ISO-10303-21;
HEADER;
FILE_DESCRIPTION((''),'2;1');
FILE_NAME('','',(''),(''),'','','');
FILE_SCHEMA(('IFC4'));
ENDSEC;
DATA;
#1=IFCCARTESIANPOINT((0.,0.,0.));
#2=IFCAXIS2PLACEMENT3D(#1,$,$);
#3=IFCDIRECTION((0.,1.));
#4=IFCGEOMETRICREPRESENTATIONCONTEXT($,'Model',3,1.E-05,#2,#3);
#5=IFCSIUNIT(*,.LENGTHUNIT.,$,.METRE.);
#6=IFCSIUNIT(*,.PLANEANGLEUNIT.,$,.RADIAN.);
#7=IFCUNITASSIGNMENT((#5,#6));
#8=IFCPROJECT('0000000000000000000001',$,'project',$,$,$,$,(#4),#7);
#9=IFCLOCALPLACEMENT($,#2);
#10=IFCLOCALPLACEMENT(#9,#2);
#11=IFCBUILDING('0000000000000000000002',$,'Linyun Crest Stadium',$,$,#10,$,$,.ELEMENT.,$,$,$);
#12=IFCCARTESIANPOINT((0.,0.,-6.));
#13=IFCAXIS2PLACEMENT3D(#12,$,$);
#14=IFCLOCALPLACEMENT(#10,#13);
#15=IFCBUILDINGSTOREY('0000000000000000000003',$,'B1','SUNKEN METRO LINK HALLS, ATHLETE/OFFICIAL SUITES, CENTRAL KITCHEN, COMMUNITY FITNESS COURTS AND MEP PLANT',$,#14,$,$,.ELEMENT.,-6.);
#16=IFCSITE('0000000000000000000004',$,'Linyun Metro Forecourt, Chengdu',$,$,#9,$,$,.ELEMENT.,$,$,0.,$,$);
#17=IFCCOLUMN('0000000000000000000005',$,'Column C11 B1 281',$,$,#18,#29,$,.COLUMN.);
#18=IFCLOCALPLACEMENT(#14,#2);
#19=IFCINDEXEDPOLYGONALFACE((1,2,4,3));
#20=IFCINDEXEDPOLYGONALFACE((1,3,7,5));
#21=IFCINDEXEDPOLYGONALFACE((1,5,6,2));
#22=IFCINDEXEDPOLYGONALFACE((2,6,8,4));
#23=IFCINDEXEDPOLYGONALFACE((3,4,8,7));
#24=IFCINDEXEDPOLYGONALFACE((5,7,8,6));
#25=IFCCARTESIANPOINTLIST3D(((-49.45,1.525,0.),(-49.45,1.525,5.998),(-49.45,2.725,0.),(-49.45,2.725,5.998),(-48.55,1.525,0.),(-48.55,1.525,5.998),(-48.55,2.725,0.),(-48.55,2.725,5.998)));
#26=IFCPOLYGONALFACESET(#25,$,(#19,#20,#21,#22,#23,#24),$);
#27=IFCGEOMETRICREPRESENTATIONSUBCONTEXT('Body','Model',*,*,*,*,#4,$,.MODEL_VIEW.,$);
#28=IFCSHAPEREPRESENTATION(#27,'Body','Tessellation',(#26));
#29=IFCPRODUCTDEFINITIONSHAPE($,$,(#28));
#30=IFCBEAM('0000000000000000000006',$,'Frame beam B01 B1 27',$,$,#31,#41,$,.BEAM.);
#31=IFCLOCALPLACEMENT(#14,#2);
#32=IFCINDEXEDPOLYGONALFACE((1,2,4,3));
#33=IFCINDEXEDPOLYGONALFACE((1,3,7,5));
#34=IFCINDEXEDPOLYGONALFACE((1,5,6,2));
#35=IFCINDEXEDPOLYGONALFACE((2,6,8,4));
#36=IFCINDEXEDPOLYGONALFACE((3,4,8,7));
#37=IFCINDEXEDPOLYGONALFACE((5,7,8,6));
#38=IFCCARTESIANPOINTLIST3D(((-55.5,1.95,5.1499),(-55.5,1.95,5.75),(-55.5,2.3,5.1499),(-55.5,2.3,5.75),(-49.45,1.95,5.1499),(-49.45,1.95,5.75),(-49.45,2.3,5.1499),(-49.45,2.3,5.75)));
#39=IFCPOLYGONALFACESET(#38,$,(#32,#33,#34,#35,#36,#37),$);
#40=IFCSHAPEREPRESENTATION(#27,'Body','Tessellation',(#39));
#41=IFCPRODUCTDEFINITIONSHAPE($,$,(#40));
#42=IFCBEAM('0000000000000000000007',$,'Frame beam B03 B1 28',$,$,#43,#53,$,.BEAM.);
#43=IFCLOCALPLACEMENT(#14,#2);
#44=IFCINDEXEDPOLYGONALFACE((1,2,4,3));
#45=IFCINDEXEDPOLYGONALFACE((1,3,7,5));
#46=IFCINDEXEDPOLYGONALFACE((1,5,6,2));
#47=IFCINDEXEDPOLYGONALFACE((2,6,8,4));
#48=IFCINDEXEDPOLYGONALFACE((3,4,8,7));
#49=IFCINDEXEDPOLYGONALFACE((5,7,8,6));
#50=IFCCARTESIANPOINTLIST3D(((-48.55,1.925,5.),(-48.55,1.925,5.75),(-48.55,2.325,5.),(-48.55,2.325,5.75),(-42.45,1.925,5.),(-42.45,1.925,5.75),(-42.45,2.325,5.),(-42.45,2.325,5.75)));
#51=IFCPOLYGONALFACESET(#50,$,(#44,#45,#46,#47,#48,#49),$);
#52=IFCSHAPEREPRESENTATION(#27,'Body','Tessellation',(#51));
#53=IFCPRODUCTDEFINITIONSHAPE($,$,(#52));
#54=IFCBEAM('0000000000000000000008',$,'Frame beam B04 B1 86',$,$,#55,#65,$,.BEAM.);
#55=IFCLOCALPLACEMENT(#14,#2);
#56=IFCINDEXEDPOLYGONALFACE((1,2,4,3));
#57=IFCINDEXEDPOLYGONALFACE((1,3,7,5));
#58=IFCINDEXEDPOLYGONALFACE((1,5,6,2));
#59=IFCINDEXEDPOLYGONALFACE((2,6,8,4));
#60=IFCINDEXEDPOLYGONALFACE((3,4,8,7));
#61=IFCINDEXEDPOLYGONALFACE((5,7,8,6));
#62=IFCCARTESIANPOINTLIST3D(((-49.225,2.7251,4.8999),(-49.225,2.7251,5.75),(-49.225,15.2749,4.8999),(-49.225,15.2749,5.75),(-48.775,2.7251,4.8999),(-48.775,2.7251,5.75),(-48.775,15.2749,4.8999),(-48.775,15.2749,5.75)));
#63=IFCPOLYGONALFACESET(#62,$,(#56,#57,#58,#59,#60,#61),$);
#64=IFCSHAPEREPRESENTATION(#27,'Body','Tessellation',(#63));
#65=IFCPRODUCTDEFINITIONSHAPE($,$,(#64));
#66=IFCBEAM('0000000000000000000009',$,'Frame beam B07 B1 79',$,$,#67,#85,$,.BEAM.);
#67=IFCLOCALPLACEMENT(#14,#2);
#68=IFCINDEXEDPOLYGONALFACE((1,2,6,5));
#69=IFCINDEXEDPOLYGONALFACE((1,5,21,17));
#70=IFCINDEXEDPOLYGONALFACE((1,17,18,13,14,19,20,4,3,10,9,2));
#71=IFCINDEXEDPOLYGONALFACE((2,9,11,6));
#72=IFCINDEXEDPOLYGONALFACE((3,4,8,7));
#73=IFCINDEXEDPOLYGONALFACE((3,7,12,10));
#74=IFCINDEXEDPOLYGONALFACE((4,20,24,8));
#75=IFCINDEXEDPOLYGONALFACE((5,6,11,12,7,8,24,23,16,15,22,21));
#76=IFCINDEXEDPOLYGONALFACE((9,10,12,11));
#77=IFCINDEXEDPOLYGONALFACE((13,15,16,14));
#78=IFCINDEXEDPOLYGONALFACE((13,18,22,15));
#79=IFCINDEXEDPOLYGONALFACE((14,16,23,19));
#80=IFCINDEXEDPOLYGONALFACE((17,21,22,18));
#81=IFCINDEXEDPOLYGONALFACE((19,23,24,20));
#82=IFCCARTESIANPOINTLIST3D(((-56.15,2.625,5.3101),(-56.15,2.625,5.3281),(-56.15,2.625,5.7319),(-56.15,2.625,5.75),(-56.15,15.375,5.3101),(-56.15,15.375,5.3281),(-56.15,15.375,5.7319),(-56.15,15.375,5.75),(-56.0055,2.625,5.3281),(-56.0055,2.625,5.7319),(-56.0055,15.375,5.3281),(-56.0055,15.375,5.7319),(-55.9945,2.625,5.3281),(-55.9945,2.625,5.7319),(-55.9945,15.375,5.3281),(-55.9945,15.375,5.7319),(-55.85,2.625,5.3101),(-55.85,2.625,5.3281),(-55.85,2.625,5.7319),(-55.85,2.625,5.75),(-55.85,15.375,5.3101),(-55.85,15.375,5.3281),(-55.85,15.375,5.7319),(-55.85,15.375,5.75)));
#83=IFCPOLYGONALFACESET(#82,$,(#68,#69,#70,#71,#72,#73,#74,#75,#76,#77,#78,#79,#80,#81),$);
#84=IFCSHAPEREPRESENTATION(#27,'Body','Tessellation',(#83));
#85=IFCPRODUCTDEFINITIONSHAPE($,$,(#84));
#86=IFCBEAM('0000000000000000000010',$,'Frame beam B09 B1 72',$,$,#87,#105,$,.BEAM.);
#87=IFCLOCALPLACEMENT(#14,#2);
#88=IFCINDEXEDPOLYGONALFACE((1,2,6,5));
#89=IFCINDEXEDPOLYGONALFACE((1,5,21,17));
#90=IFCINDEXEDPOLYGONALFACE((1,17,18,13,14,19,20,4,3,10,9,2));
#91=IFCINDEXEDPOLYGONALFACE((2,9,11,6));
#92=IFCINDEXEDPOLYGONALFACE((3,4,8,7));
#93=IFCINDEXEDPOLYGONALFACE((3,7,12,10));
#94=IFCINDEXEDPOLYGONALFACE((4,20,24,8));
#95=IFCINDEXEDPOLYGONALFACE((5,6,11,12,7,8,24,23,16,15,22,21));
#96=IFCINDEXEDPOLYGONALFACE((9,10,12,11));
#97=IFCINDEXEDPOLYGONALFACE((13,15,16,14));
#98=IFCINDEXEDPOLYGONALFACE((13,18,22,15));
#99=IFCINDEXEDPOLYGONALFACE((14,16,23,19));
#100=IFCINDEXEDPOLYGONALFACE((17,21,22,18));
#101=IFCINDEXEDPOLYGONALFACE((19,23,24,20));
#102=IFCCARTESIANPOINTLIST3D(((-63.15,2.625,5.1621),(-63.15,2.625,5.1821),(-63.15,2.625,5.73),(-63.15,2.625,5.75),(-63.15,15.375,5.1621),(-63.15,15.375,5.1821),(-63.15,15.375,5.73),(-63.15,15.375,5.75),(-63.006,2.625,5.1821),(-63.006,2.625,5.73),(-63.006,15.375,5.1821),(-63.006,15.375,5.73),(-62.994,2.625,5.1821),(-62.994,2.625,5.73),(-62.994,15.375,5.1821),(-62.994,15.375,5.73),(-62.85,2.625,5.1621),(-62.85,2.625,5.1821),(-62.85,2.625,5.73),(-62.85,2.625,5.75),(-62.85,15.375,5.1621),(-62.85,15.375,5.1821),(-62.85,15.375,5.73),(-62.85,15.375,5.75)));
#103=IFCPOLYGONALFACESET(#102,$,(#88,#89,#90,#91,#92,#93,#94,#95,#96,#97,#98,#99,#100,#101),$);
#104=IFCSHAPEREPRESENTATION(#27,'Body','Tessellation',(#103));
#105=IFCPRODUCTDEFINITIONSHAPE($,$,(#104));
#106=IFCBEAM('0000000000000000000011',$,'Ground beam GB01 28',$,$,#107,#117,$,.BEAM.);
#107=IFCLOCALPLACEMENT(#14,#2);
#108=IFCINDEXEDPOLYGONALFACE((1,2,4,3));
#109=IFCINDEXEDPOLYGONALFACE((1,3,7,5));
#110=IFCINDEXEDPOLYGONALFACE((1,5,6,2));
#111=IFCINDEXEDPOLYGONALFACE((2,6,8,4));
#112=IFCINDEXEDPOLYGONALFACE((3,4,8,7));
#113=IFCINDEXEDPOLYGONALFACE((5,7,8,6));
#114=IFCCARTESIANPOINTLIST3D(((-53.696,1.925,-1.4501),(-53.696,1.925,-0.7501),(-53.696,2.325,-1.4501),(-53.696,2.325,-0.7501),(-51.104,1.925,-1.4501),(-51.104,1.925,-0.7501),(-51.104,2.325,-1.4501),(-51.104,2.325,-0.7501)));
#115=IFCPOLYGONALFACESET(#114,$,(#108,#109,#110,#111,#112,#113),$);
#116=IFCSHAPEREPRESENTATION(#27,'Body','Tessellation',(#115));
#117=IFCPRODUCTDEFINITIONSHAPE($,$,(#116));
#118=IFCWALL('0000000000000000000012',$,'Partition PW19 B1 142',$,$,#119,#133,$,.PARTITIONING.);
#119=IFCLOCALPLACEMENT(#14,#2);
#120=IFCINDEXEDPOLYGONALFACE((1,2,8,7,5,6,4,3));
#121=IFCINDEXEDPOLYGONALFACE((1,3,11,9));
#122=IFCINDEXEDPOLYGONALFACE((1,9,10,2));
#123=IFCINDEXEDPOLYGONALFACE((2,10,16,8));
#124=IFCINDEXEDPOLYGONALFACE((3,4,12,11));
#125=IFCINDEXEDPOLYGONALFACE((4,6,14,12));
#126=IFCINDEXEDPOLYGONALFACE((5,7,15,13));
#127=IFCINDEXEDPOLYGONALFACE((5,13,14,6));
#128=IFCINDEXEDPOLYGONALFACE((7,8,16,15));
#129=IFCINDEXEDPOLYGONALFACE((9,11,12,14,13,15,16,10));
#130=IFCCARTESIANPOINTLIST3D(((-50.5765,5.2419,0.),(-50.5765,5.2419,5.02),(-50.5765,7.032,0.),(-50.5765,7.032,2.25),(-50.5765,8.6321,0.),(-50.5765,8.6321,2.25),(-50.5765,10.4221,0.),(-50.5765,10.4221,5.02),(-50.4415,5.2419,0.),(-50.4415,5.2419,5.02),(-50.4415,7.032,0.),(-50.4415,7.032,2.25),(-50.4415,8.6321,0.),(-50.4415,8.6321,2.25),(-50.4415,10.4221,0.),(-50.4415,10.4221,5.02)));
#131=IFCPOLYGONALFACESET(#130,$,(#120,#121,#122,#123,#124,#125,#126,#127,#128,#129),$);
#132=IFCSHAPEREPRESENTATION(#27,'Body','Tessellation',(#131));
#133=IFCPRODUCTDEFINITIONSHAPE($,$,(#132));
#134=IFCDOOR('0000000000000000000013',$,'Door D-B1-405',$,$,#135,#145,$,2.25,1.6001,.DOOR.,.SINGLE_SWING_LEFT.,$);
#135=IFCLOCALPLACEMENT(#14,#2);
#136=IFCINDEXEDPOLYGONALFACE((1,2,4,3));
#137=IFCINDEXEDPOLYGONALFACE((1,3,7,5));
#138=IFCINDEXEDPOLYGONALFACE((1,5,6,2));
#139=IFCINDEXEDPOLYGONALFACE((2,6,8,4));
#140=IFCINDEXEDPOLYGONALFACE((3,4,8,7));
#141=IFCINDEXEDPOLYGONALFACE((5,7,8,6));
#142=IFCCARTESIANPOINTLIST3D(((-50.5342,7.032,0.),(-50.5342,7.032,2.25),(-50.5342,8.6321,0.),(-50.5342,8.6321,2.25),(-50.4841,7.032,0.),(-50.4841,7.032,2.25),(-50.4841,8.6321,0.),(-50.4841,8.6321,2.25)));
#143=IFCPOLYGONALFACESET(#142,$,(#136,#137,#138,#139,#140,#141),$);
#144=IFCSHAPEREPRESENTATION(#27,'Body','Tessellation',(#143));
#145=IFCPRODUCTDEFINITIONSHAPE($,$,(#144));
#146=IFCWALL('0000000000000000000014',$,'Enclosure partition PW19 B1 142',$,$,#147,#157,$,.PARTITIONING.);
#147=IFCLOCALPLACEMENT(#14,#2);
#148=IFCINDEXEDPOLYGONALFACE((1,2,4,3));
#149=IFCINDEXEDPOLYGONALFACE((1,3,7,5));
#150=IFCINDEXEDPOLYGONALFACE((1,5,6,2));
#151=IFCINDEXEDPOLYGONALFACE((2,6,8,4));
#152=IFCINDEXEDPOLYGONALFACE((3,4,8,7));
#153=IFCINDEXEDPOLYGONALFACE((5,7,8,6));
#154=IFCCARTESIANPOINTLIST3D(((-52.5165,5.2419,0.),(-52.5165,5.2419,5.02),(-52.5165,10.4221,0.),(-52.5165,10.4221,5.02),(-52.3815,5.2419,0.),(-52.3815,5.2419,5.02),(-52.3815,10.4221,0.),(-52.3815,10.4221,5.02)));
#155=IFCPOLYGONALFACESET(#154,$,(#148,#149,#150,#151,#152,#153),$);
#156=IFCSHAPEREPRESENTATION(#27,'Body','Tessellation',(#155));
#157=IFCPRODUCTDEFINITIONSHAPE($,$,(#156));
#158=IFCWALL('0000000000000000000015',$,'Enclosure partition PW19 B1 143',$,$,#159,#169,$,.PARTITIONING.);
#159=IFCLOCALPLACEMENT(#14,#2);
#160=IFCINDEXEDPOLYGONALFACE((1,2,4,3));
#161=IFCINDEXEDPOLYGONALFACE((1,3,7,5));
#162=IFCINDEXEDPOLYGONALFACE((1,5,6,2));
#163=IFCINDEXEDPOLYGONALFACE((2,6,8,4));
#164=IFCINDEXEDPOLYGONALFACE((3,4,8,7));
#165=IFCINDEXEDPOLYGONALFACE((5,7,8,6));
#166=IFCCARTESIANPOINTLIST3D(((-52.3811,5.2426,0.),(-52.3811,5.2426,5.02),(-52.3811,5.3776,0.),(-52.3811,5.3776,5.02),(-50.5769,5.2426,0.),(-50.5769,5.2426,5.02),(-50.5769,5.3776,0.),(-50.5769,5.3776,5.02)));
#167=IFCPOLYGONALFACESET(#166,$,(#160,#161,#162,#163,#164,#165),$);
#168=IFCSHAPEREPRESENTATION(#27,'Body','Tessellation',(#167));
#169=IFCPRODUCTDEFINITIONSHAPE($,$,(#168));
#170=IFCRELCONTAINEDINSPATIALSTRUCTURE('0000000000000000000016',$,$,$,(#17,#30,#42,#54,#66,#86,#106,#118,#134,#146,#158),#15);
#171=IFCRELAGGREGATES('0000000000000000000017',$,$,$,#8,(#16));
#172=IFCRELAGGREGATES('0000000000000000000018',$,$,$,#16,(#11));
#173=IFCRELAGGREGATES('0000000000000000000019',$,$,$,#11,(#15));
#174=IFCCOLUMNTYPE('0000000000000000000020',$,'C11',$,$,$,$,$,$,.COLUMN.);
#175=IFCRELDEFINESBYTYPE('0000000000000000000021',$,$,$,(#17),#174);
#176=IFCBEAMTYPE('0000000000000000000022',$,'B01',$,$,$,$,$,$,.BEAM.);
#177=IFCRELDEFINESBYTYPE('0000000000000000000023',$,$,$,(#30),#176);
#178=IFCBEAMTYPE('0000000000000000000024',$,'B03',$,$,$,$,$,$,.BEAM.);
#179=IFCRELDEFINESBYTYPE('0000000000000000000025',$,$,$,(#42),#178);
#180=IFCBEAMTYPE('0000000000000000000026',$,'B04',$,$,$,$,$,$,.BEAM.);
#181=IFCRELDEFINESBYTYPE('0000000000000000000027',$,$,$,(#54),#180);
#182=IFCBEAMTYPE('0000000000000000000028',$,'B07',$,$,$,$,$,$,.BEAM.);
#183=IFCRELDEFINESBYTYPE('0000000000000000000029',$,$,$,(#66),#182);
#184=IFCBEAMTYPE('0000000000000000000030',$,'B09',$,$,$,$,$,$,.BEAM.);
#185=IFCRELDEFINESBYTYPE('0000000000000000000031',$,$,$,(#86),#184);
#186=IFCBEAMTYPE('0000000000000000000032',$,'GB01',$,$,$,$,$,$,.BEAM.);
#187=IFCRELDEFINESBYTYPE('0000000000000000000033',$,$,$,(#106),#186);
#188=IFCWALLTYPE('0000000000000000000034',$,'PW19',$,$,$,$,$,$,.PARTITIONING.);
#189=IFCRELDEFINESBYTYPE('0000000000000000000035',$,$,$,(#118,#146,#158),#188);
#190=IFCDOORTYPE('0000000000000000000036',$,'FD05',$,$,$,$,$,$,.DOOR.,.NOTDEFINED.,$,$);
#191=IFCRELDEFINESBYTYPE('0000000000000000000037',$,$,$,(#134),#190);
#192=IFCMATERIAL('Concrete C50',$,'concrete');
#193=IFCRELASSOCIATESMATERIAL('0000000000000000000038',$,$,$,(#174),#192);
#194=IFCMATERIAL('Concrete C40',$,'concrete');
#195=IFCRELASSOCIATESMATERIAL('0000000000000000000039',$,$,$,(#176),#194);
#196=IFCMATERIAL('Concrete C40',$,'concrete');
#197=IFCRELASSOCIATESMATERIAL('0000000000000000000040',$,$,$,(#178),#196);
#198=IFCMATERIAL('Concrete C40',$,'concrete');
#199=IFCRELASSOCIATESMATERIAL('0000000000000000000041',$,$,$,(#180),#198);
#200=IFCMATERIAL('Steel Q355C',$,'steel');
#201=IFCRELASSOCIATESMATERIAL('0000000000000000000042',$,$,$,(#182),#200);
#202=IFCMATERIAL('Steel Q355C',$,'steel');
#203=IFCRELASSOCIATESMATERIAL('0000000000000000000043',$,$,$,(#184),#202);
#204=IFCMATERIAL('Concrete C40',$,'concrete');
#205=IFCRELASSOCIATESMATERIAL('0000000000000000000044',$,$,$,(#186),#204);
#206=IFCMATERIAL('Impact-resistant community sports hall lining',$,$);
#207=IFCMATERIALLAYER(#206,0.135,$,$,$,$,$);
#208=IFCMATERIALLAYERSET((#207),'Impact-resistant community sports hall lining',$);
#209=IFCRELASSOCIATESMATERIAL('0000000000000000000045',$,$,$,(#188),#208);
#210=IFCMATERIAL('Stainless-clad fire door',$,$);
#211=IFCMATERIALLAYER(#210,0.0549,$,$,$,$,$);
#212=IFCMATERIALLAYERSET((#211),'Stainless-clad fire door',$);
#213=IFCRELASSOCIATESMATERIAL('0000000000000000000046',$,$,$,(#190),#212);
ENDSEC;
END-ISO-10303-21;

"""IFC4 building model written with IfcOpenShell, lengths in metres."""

from ifc_helpers import new_model, si_unit, direction, frame, frame_2d, origin, origin_2d, place, context, subcontext, project, spatial, rectangle, i_section, extrude, material, layer, layer_set, material_profile, profile_set, type_object, element, fill, save


model = new_model("IFC4")

# Units and contexts
model_context = context("Model", 3, precision=1e-05, world=origin(), true_north=direction((0.0, 1.0)))
body_context = subcontext(model_context, "Body", "Model", "MODEL_VIEW")
ifc_project = project(units=[si_unit("LENGTHUNIT", "METRE"), si_unit("PLANEANGLEUNIT", "RADIAN")], contexts=[model_context])

# Site, building, storey
site_placement = place(None, origin())
site = spatial("IfcSite", under=ifc_project, at=site_placement, Name="Linyun Metro Forecourt, Chengdu", CompositionType="ELEMENT", RefElevation=0.0)
building_placement = place(site_placement, origin())
building = spatial("IfcBuilding", under=site, at=building_placement, Name="Linyun Crest Stadium", CompositionType="ELEMENT")
storey_placement = place(building_placement, frame((0.0, 0.0, -6.0)))
storey = spatial("IfcBuildingStorey", under=building, at=storey_placement, Name="B1", Description="SUNKEN METRO LINK HALLS, ATHLETE/OFFICIAL SUITES, CENTRAL KITCHEN, COMMUNITY FITNESS COURTS AND MEP PLANT", CompositionType="ELEMENT", Elevation=-6.0)

# Column
ifc_material_1 = material(Name="Concrete C50", Category="concrete")
ifc_material_profile_1 = material_profile(ifc_material_1, rectangle(XDim=0.8999, YDim=1.2, at=origin_2d()), Name="RC 1200x900")
ifc_profile_set_1 = profile_set([ifc_material_profile_1], Name="Concrete C50")
column_type_1 = type_object("IfcColumnType", Name="C11", PredefinedType="COLUMN", material=ifc_profile_set_1)
column_1_placement = place(storey_placement, frame((-49.0, 2.125, 0.0), z_axis=(0.0, 0.0, 1.0), x_axis=(1.0, 0.0, 0.0)))
element("IfcColumn", 1, at=column_1_placement, inside=storey, type_object=column_type_1, Name="Column C11 B1 281", PredefinedType="COLUMN", context=body_context, shape_type="SweptSolid", body=[
    extrude(rectangle(XDim=0.8999, YDim=1.2, at=origin_2d()), origin(), (0.0, 0.0, 1.0), 5.998),
])

# Beams
ifc_material_2 = material(Name="Concrete C40", Category="concrete")
ifc_material_profile_2 = material_profile(ifc_material_2, rectangle(XDim=0.3501, YDim=0.6001, at=origin_2d()), Name="RCB 600x350")
ifc_profile_set_2 = profile_set([ifc_material_profile_2], Name="Concrete C40")
beam_type_1 = type_object("IfcBeamType", Name="B01", PredefinedType="BEAM", material=ifc_profile_set_2)
beam_1_placement = place(storey_placement, frame((-55.5, 2.125, 5.45), z_axis=(1.0, 0.0, 0.0), x_axis=(0.0, 1.0, 0.0)))
element("IfcBeam", 2, at=beam_1_placement, inside=storey, type_object=beam_type_1, Name="Frame beam B01 B1 27", PredefinedType="BEAM", context=body_context, shape_type="SweptSolid", body=[
    extrude(rectangle(XDim=0.3501, YDim=0.6001, at=origin_2d()), origin(), (0.0, 0.0, 1.0), 6.05),
])
ifc_material_3 = material(Name="Concrete C40", Category="concrete")
ifc_material_profile_3 = material_profile(ifc_material_3, rectangle(XDim=0.3999, YDim=0.75, at=origin_2d()), Name="RCB 750x400")
ifc_profile_set_3 = profile_set([ifc_material_profile_3], Name="Concrete C40")
beam_type_2 = type_object("IfcBeamType", Name="B03", PredefinedType="BEAM", material=ifc_profile_set_3)
beam_2_placement = place(storey_placement, frame((-48.55, 2.125, 5.375), z_axis=(1.0, 0.0, 0.0), x_axis=(0.0, 1.0, 0.0)))
element("IfcBeam", 3, at=beam_2_placement, inside=storey, type_object=beam_type_2, Name="Frame beam B03 B1 28", PredefinedType="BEAM", context=body_context, shape_type="SweptSolid", body=[
    extrude(rectangle(XDim=0.3999, YDim=0.75, at=origin_2d()), origin(), (0.0, 0.0, 1.0), 6.1001),
])
ifc_material_4 = material(Name="Concrete C40", Category="concrete")
ifc_material_profile_4 = material_profile(ifc_material_4, rectangle(XDim=0.45, YDim=0.8501, at=origin_2d()), Name="RCB 850x450")
ifc_profile_set_4 = profile_set([ifc_material_profile_4], Name="Concrete C40")
beam_type_3 = type_object("IfcBeamType", Name="B04", PredefinedType="BEAM", material=ifc_profile_set_4)
beam_3_placement = place(storey_placement, frame((-49.0, 2.7251, 5.325), z_axis=(0.0, 1.0, 0.0), x_axis=(-1.0, 0.0, 0.0)))
element("IfcBeam", 4, at=beam_3_placement, inside=storey, type_object=beam_type_3, Name="Frame beam B04 B1 86", PredefinedType="BEAM", context=body_context, shape_type="SweptSolid", body=[
    extrude(rectangle(XDim=0.45, YDim=0.8501, at=origin_2d()), origin(), (0.0, 0.0, 1.0), 12.5498),
])
ifc_material_5 = material(Name="Steel Q355C", Category="steel")
ifc_material_profile_5 = material_profile(ifc_material_5, i_section(OverallWidth=0.3, OverallDepth=0.4399, WebThickness=0.011, FlangeThickness=0.0181, at=origin_2d()), Name="HM 440x300")
ifc_profile_set_5 = profile_set([ifc_material_profile_5], Name="Steel Q355C")
beam_type_4 = type_object("IfcBeamType", Name="B07", PredefinedType="BEAM", material=ifc_profile_set_5)
beam_4_placement = place(storey_placement, frame((-56.0, 2.625, 5.53), z_axis=(0.0, 1.0, 0.0), x_axis=(-1.0, 0.0, 0.0)))
element("IfcBeam", 5, at=beam_4_placement, inside=storey, type_object=beam_type_4, Name="Frame beam B07 B1 79", PredefinedType="BEAM", context=body_context, shape_type="SweptSolid", body=[
    extrude(i_section(OverallWidth=0.3, OverallDepth=0.4399, WebThickness=0.011, FlangeThickness=0.0181, at=origin_2d()), origin(), (0.0, 0.0, 1.0), 12.75),
])
ifc_material_6 = material(Name="Steel Q355C", Category="steel")
ifc_material_profile_6 = material_profile(ifc_material_6, i_section(OverallWidth=0.3, OverallDepth=0.5879, WebThickness=0.012, FlangeThickness=0.02, at=origin_2d()), Name="HM 588x300")
ifc_profile_set_6 = profile_set([ifc_material_profile_6], Name="Steel Q355C")
beam_type_5 = type_object("IfcBeamType", Name="B09", PredefinedType="BEAM", material=ifc_profile_set_6)
beam_5_placement = place(storey_placement, frame((-63.0, 2.625, 5.4561), z_axis=(0.0, 1.0, 0.0), x_axis=(-1.0, 0.0, 0.0)))
element("IfcBeam", 6, at=beam_5_placement, inside=storey, type_object=beam_type_5, Name="Frame beam B09 B1 72", PredefinedType="BEAM", context=body_context, shape_type="SweptSolid", body=[
    extrude(i_section(OverallWidth=0.3, OverallDepth=0.5879, WebThickness=0.012, FlangeThickness=0.02, at=origin_2d()), origin(), (0.0, 0.0, 1.0), 12.75),
])
ifc_material_7 = material(Name="Concrete C40", Category="concrete")
ifc_material_profile_7 = material_profile(ifc_material_7, rectangle(XDim=0.3999, YDim=0.7, at=origin_2d()), Name="RCB 700x400")
ifc_profile_set_7 = profile_set([ifc_material_profile_7], Name="Concrete C40")
beam_type_6 = type_object("IfcBeamType", Name="GB01", PredefinedType="BEAM", material=ifc_profile_set_7)
beam_6_placement = place(storey_placement, frame((-53.696, 2.125, -1.1001), z_axis=(1.0, 0.0, 0.0), x_axis=(0.0, 1.0, 0.0)))
element("IfcBeam", 7, at=beam_6_placement, inside=storey, type_object=beam_type_6, Name="Ground beam GB01 28", PredefinedType="BEAM", context=body_context, shape_type="SweptSolid", body=[
    extrude(rectangle(XDim=0.3999, YDim=0.7, at=origin_2d()), origin(), (0.0, 0.0, 1.0), 2.592),
])

# Wall, opening, door
ifc_material_8 = material(Name="Impact-resistant community sports hall lining")
ifc_layer_1 = layer(ifc_material_8, 0.135)
ifc_layer_set_1 = layer_set([ifc_layer_1], Name="Impact-resistant community sports hall lining")
wall_type = type_object("IfcWallType", Name="PW19", PredefinedType="PARTITIONING", material=ifc_layer_set_1)
wall_1_placement = place(storey_placement, frame((-50.509, 10.4221, 0.0), z_axis=(0.0, 0.0, 1.0), x_axis=(0.0, -1.0, 0.0)))
wall_1 = element("IfcWall", 8, at=wall_1_placement, inside=storey, type_object=wall_type, Name="Partition PW19 B1 142", PredefinedType="PARTITIONING", context=body_context, shape_type="SweptSolid", body=[
    extrude(rectangle(XDim=5.1802, YDim=0.135, at=frame_2d((2.5901, 0.0))), origin(), (0.0, 0.0, 1.0), 5.02),
])
opening_placement = place(wall_1_placement, frame((1.79, 0.0, 0.0)))
opening = element("IfcOpeningElement", 9, at=opening_placement, cuts=wall_1, PredefinedType="OPENING", context=body_context, shape_type="SweptSolid", body=[
    extrude(rectangle(XDim=1.6001, YDim=2.25, at=frame_2d((0.8, 1.125))), frame((0.0, 0.0774, 0.0), z_axis=(0.0, -1.0, 0.0), x_axis=(1.0, 0.0, 0.0)), (0.0, 0.0, 1.0), 0.155),
])
ifc_material_9 = material(Name="Stainless-clad fire door")
ifc_layer_2 = layer(ifc_material_9, 0.0549)
ifc_layer_set_2 = layer_set([ifc_layer_2], Name="Stainless-clad fire door")
door_type = type_object("IfcDoorType", Name="FD05", OperationType="NOTDEFINED", PredefinedType="DOOR", material=ifc_layer_set_2)
door_placement = place(opening_placement, origin())
door = element("IfcDoor", 10, at=door_placement, inside=storey, type_object=door_type, Name="Door D-B1-405", OperationType="SINGLE_SWING_LEFT", OverallHeight=2.25, OverallWidth=1.6001, PredefinedType="DOOR", context=body_context, shape_type="SweptSolid", body=[
    extrude(rectangle(XDim=1.6001, YDim=2.25, at=frame_2d((0.8, 1.125))), frame((0.0, 0.0249, 0.0), z_axis=(0.0, -1.0, 0.0), x_axis=(1.0, 0.0, 0.0)), (0.0, 0.0, 1.0), 0.05),
])
fill(opening, door)

# Walls
wall_2_placement = place(storey_placement, frame((-52.449, 5.2419, 0.0), z_axis=(0.0, 0.0, 1.0), x_axis=(0.0, 1.0, 0.0)))
element("IfcWall", 11, at=wall_2_placement, inside=storey, type_object=wall_type, Name="Enclosure partition PW19 B1 142", PredefinedType="PARTITIONING", context=body_context, shape_type="SweptSolid", body=[
    extrude(rectangle(XDim=5.1802, YDim=0.135, at=frame_2d((2.5901, 0.0))), origin(), (0.0, 0.0, 1.0), 5.02),
])
for number, where, z_axis, x_axis, name in (
    (12, (-52.3811, 5.3101, 0.0), (0.0, 0.0, 1.0), (1.0, 0.0, 0.0), "Enclosure partition PW19 B1 143"),
):
    element("IfcWall", number, at=place(storey_placement, frame(where, z_axis=z_axis, x_axis=x_axis)), inside=storey, type_object=wall_type, Name=name, PredefinedType="PARTITIONING", context=body_context, shape_type="SweptSolid", body=[
        extrude(rectangle(XDim=1.8042, YDim=0.135, at=frame_2d((0.9021, 0.0))), origin(), (0.0, 0.0, 1.0), 5.02),
    ])

save(model, "model.ifc")
